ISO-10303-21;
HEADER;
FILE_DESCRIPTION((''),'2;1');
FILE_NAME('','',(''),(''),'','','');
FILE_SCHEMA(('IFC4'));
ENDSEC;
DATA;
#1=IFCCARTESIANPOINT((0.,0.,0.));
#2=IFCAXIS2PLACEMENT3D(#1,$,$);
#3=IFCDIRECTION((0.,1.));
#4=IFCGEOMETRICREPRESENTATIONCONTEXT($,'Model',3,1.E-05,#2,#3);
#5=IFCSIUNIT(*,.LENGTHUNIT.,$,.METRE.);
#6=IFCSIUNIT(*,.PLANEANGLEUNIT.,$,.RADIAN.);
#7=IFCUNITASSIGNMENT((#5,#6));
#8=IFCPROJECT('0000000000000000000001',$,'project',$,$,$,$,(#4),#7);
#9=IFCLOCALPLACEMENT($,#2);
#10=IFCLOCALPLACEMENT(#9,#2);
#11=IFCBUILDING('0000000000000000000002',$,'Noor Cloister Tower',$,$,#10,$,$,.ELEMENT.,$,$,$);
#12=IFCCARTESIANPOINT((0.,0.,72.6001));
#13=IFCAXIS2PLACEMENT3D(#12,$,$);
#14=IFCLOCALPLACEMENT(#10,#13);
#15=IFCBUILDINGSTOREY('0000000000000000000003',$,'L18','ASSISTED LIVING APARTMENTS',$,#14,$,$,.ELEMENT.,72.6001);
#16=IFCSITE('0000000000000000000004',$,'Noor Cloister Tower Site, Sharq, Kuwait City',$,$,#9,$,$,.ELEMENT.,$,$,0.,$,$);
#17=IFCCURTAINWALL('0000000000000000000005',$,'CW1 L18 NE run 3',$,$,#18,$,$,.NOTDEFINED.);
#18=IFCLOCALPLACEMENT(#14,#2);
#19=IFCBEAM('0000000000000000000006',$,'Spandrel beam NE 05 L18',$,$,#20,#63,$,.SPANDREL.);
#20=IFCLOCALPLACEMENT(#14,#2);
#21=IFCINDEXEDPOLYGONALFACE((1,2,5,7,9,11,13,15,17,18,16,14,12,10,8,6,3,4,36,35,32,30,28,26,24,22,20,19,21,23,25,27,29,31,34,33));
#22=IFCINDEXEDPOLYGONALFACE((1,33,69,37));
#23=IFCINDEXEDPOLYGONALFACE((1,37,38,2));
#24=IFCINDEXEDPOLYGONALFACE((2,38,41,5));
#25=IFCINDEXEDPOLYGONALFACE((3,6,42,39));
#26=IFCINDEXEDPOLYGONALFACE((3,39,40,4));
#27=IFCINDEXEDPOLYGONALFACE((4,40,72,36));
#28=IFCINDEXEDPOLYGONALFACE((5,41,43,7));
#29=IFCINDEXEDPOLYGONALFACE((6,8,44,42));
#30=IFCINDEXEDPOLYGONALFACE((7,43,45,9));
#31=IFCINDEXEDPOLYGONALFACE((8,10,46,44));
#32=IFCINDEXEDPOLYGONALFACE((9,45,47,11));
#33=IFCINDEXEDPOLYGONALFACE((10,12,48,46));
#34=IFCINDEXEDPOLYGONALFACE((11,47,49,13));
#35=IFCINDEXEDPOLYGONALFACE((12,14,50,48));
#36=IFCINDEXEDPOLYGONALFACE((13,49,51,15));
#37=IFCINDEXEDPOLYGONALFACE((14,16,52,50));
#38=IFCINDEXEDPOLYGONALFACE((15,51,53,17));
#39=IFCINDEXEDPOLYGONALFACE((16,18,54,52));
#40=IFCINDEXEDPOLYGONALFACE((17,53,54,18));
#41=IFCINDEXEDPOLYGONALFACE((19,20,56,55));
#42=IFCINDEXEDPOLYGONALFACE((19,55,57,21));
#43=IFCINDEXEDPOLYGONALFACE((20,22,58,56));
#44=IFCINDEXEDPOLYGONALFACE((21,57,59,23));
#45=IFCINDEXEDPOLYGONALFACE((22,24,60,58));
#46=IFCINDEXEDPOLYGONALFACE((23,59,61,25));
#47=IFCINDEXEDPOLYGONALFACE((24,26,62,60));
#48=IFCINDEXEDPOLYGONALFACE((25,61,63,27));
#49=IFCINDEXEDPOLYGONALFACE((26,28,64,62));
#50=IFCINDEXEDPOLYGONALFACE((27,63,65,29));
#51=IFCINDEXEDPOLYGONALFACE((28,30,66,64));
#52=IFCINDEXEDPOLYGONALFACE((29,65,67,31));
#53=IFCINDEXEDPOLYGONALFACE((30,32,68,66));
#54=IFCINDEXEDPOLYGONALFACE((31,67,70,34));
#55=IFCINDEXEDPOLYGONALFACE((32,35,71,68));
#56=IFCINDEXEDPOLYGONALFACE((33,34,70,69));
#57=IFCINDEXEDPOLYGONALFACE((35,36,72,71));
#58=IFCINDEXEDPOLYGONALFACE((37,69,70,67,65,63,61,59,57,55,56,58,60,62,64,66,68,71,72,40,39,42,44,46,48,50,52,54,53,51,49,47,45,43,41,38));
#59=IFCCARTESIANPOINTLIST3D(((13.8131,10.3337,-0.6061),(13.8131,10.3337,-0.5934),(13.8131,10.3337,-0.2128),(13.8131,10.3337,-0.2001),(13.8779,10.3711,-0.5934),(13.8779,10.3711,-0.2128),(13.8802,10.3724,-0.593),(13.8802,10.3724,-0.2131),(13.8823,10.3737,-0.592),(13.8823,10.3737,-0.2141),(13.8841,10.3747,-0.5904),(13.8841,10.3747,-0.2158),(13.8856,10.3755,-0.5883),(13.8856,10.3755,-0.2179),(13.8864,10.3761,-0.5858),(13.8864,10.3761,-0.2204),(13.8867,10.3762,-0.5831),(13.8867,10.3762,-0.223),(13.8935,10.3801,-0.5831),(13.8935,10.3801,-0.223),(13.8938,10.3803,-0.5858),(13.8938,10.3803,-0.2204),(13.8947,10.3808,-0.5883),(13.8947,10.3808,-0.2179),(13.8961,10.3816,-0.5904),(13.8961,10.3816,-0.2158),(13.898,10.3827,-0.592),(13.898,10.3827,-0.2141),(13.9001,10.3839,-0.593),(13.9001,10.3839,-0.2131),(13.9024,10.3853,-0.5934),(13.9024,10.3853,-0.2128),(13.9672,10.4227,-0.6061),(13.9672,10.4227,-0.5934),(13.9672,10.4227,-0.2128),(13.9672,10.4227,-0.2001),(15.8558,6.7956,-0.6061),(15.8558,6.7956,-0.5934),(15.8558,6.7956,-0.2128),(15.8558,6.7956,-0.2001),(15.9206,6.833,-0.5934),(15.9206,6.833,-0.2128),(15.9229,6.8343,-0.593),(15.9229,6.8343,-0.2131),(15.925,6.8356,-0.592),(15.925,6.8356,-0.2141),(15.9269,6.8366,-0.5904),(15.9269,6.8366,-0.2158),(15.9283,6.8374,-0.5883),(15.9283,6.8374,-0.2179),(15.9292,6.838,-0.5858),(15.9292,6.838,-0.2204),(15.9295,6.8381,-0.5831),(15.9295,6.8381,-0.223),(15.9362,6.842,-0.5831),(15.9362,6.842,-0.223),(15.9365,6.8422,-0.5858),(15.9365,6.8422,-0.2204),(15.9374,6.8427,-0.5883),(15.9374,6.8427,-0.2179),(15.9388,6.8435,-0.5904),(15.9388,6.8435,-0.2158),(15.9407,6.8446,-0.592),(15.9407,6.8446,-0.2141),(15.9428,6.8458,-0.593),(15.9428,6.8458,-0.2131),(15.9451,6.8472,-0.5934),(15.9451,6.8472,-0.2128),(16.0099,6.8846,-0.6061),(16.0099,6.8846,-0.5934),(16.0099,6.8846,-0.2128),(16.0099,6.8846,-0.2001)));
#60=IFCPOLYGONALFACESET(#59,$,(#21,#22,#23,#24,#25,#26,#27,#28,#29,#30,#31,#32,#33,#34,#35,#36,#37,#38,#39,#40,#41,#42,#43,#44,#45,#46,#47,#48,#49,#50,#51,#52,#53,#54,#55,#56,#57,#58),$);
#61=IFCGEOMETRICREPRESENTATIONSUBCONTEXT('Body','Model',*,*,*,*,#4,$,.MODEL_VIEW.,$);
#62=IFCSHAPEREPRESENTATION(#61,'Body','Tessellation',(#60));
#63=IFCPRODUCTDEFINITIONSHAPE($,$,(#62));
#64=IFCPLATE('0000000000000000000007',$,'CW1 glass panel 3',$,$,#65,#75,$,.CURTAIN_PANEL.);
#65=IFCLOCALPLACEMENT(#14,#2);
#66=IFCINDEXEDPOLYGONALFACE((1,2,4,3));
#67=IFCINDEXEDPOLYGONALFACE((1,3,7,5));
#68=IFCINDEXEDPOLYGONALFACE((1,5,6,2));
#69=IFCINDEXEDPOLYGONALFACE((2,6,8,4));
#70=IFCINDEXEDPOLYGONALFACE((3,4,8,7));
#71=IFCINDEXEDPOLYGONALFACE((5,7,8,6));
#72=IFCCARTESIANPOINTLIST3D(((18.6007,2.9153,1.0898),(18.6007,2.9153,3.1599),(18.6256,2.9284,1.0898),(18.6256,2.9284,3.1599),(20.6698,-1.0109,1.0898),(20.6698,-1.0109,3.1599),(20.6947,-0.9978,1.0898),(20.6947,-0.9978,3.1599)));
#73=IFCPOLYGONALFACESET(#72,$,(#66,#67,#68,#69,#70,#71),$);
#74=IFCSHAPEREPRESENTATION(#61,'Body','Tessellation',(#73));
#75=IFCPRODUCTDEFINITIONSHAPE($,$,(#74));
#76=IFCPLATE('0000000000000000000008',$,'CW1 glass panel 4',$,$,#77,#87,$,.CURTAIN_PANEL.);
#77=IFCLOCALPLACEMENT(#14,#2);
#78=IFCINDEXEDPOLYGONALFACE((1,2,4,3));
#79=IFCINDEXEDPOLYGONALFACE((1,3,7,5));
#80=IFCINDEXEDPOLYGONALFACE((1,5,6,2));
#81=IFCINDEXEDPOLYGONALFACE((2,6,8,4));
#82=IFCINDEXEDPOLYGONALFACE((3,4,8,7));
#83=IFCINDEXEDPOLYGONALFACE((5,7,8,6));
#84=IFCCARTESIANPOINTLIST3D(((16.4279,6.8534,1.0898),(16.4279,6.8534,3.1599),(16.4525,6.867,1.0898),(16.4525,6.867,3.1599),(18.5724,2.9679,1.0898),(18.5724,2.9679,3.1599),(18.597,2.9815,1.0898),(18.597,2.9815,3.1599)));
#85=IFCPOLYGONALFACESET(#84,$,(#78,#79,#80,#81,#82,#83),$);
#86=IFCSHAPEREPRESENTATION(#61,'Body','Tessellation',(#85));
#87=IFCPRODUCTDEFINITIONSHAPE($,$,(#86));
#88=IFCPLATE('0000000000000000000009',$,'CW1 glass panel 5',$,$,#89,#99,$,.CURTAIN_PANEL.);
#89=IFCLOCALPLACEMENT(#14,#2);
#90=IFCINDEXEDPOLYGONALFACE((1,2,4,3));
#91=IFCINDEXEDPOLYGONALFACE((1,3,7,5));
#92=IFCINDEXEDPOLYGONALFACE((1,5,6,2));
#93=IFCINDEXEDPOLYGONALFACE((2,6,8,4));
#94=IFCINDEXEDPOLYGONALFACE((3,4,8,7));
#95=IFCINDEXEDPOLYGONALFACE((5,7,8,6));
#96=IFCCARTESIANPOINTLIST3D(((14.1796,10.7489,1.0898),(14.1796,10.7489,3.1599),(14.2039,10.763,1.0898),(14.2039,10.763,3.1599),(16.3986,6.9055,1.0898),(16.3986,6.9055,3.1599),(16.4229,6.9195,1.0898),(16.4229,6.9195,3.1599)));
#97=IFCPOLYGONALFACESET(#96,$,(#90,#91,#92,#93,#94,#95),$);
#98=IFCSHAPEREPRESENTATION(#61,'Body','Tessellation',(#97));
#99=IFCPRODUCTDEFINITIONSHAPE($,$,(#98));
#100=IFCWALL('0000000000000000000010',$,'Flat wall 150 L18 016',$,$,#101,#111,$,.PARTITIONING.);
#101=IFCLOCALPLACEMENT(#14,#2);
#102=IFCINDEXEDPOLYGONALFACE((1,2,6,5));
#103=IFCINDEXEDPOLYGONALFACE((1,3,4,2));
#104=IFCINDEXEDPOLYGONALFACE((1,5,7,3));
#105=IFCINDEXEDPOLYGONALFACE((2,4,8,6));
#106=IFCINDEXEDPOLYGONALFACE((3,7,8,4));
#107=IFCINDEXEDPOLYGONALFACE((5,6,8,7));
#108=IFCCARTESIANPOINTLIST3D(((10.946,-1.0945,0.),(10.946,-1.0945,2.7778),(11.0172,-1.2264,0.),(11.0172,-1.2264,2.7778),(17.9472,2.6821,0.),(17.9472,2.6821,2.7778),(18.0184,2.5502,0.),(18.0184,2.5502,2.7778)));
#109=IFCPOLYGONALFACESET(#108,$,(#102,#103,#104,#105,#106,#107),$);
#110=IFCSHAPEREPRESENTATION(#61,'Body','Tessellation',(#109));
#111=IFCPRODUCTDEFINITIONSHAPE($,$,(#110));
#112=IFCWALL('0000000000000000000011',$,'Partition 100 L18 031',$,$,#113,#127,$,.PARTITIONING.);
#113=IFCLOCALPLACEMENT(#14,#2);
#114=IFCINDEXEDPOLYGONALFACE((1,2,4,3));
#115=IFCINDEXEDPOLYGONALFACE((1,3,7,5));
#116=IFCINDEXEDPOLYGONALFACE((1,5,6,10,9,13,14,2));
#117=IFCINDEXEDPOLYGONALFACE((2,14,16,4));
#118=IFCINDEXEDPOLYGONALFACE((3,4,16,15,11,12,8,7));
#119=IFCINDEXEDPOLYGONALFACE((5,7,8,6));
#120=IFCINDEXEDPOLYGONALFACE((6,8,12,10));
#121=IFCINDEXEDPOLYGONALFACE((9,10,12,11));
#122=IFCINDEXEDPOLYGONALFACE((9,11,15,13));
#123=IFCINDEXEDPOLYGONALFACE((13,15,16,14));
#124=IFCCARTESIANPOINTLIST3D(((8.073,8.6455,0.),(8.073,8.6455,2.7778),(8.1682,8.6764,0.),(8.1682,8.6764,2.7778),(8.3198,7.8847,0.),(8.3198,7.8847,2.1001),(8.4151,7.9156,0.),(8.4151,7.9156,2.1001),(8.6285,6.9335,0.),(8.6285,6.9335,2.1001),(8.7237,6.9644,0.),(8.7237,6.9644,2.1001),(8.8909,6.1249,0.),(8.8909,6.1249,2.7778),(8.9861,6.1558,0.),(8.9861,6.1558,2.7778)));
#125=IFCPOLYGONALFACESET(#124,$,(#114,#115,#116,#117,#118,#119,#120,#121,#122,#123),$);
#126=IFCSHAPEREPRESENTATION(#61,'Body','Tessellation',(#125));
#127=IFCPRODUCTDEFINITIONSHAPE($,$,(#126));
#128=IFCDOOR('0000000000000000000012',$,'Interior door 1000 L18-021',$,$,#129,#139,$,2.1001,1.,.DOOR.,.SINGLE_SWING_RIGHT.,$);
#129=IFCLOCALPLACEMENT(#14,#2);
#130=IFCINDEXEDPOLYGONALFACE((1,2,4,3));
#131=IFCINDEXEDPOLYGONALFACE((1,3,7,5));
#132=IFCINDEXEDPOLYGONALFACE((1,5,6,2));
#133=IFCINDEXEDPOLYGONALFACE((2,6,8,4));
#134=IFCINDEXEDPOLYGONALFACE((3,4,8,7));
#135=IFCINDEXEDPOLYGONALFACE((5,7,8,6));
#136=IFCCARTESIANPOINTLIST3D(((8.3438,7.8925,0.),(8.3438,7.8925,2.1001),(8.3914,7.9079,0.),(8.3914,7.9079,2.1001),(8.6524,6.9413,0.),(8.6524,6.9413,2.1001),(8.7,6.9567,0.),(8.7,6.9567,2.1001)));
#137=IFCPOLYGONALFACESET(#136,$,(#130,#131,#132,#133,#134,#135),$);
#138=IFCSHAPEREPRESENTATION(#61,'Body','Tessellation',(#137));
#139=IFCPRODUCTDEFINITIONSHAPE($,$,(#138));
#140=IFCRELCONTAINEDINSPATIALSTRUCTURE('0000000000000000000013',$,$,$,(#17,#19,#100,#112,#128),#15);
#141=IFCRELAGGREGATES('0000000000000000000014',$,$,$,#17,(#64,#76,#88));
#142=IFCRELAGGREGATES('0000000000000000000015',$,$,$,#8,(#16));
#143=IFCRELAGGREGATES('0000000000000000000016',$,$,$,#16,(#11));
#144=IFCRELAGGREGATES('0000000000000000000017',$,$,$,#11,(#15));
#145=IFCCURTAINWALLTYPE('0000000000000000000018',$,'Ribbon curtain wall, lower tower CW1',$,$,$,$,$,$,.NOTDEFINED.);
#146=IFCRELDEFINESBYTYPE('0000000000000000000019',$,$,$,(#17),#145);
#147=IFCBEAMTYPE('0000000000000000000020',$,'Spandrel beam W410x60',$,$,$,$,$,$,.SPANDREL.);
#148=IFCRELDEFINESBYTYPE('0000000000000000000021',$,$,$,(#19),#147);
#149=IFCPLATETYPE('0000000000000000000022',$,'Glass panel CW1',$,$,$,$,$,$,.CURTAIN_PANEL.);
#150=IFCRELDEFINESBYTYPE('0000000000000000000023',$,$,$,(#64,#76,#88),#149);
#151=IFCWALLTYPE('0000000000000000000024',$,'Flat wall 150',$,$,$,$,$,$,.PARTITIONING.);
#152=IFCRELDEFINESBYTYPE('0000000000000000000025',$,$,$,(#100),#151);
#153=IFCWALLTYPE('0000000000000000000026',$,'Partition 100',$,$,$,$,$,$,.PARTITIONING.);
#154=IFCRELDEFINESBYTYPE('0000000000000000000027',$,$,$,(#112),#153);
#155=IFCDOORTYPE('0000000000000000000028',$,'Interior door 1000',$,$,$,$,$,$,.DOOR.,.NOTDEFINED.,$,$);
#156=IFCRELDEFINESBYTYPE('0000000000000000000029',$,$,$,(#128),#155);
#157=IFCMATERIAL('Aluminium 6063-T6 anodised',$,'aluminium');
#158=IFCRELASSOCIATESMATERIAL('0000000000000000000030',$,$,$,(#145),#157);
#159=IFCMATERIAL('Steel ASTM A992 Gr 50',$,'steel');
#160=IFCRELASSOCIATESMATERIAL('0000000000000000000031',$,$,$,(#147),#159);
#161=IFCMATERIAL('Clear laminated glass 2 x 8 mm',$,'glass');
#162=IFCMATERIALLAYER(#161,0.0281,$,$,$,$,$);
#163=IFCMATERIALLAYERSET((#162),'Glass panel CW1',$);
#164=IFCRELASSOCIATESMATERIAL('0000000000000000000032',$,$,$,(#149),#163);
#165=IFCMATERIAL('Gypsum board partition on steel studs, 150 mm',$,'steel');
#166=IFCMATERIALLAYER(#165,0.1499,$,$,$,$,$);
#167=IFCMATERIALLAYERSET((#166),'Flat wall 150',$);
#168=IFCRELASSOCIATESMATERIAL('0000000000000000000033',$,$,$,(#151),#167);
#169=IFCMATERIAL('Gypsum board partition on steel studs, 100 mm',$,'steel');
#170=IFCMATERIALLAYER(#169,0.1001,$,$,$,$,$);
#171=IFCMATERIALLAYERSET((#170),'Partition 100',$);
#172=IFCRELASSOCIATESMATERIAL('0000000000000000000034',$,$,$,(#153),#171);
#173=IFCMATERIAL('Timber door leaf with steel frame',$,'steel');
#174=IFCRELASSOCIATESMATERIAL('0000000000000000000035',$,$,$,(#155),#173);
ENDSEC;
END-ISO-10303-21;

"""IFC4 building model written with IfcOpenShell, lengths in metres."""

from ifc_helpers import new_model, si_unit, direction, frame, frame_2d, origin, origin_2d, place, context, subcontext, project, spatial, rectangle, i_section, extrude, material, layer, layer_set, material_profile, profile_set, type_object, element, fill, aggregate, save


model = new_model("IFC4")

# Units and contexts
model_context = context("Model", 3, precision=1e-05, world=origin(), true_north=direction((0.0, 1.0)))
body_context = subcontext(model_context, "Body", "Model", "MODEL_VIEW")
ifc_project = project(units=[si_unit("LENGTHUNIT", "METRE"), si_unit("PLANEANGLEUNIT", "RADIAN")], contexts=[model_context])

# Site, building, storey
site_placement = place(None, origin())
site = spatial("IfcSite", under=ifc_project, at=site_placement, Name="Noor Cloister Tower Site, Sharq, Kuwait City", CompositionType="ELEMENT", RefElevation=0.0)
building_placement = place(site_placement, origin())
building = spatial("IfcBuilding", under=site, at=building_placement, Name="Noor Cloister Tower", CompositionType="ELEMENT")
storey_placement = place(building_placement, frame((0.0, 0.0, 72.6001)))
storey = spatial("IfcBuildingStorey", under=building, at=storey_placement, Name="L18", Description="ASSISTED LIVING APARTMENTS", CompositionType="ELEMENT", Elevation=72.6001)

# Curtain wall
ifc_material_1 = material(Name="Aluminium 6063-T6 anodised", Category="aluminium")
curtain_wall_type = type_object("IfcCurtainWallType", Name="Ribbon curtain wall, lower tower CW1", PredefinedType="NOTDEFINED", material=ifc_material_1)
curtain_wall_placement = place(storey_placement, origin())
curtain_wall = element("IfcCurtainWall", 1, at=curtain_wall_placement, inside=storey, type_object=curtain_wall_type, Name="CW1 L18 NE run 3", PredefinedType="NOTDEFINED")

# Beam
ifc_material_2 = material(Name="Steel ASTM A992 Gr 50", Category="steel")
ifc_material_profile_1 = material_profile(ifc_material_2, i_section(OverallWidth=0.178, OverallDepth=0.406, WebThickness=0.0078, FlangeThickness=0.0127, FilletRadius=0.0103, at=origin_2d()), Name="W410x60")
ifc_profile_set_1 = profile_set([ifc_material_profile_1], Name="Steel ASTM A992 Gr 50")
beam_type_1 = type_object("IfcBeamType", Name="Spandrel beam W410x60", PredefinedType="SPANDREL", material=ifc_profile_set_1)
beam_1_placement = place(storey_placement, frame((15.9329, 6.8401, -0.4031), z_axis=(-0.500002, 0.866024, 0.0), x_axis=(-0.866024, -0.500002, 0.0)))
element("IfcBeam", 2, at=beam_1_placement, inside=storey, type_object=beam_type_1, Name="Spandrel beam NE 05 L18", PredefinedType="SPANDREL", context=body_context, shape_type="SweptSolid", body=[
    extrude(i_section(OverallWidth=0.178, OverallDepth=0.406, WebThickness=0.0078, FlangeThickness=0.0127, FilletRadius=0.0103, at=origin_2d()), origin(), (0.0, 0.0, 1.0), 4.0854),
])

# Plates
ifc_material_3 = material(Name="Clear laminated glass 2 x 8 mm", Category="glass")
ifc_layer_1 = layer(ifc_material_3, 0.0281)
ifc_layer_set_1 = layer_set([ifc_layer_1], Name="Glass panel CW1")
plate_type = type_object("IfcPlateType", Name="Glass panel CW1", PredefinedType="CURTAIN_PANEL", material=ifc_layer_set_1)
plate_1_placement = place(storey_placement, frame((19.6477, 0.9587, 1.0898), z_axis=(0.0, 0.0, 1.0), x_axis=(-0.466221, 0.884668, 0.0)))
plate_1 = element("IfcPlate", 3, at=plate_1_placement, type_object=plate_type, Name="CW1 glass panel 3", PredefinedType="CURTAIN_PANEL", context=body_context, shape_type="SweptSolid", body=[
    extrude(rectangle(XDim=4.438, YDim=0.0281, at=origin_2d()), origin(), (0.0, 0.0, 1.0), 2.0701),
])
plate_2_placement = place(storey_placement, frame((17.5125, 4.9175, 1.0898), z_axis=(0.0, 0.0, 1.0), x_axis=(-0.4832, 0.87551, 0.0)))
plate_2 = element("IfcPlate", 4, at=plate_2_placement, type_object=plate_type, Name="CW1 glass panel 4", PredefinedType="CURTAIN_PANEL", context=body_context, shape_type="SweptSolid", body=[
    extrude(rectangle(XDim=4.438, YDim=0.0281, at=origin_2d()), origin(), (0.0, 0.0, 1.0), 2.0701),
])
plate_3_placement = place(storey_placement, frame((15.3013, 8.8342, 1.0898), z_axis=(0.0, 0.0, 1.0), x_axis=(-0.5, 0.866025, 0.0)))
plate_3 = element("IfcPlate", 5, at=plate_3_placement, type_object=plate_type, Name="CW1 glass panel 5", PredefinedType="CURTAIN_PANEL", context=body_context, shape_type="SweptSolid", body=[
    extrude(rectangle(XDim=4.438, YDim=0.0281, at=origin_2d()), origin(), (0.0, 0.0, 1.0), 2.0701),
])
aggregate(curtain_wall, [plate_1, plate_2, plate_3])

# Wall
ifc_material_4 = material(Name="Gypsum board partition on steel studs, 150 mm", Category="steel")
ifc_layer_2 = layer(ifc_material_4, 0.1499)
ifc_layer_set_2 = layer_set([ifc_layer_2], Name="Flat wall 150")
wall_type_1 = type_object("IfcWallType", Name="Flat wall 150", PredefinedType="PARTITIONING", material=ifc_layer_set_2)
wall_1_placement = place(storey_placement, frame((17.9829, 2.6162, 0.0), z_axis=(0.0, 0.0, 1.0), x_axis=(-0.880118, -0.474755, 0.0)))
element("IfcWall", 6, at=wall_1_placement, inside=storey, type_object=wall_type_1, Name="Flat wall 150 L18 016", PredefinedType="PARTITIONING", context=body_context, shape_type="SweptSolid", body=[
    extrude(rectangle(XDim=7.9548, YDim=0.1499, at=frame_2d((3.9775, 0.0))), origin(), (0.0, 0.0, 1.0), 2.7778),
])

# Wall, opening, door
ifc_material_5 = material(Name="Gypsum board partition on steel studs, 100 mm", Category="steel")
ifc_layer_3 = layer(ifc_material_5, 0.1001)
ifc_layer_set_3 = layer_set([ifc_layer_3], Name="Partition 100")
wall_type_2 = type_object("IfcWallType", Name="Partition 100", PredefinedType="PARTITIONING", material=ifc_layer_set_3)
wall_2_placement = place(storey_placement, frame((8.9385, 6.1404, 0.0), z_axis=(0.0, 0.0, 1.0), x_axis=(-0.308644, 0.951178, 0.0)))
wall_2 = element("IfcWall", 7, at=wall_2_placement, inside=storey, type_object=wall_type_2, Name="Partition 100 L18 031", PredefinedType="PARTITIONING", context=body_context, shape_type="SweptSolid", body=[
    extrude(rectangle(XDim=2.6499, YDim=0.1001, at=frame_2d((1.325, 0.0))), origin(), (0.0, 0.0, 1.0), 2.7778),
])
opening_placement = place(wall_2_placement, frame((0.8501, 0.0, 0.0)))
opening = element("IfcOpeningElement", 8, at=opening_placement, cuts=wall_2, PredefinedType="OPENING", context=body_context, shape_type="SweptSolid", body=[
    extrude(rectangle(XDim=1.0, YDim=2.1001, at=frame_2d((0.5, 1.05))), frame((0.0, 0.0601, 0.0), z_axis=(0.0, -1.0, 0.0), x_axis=(1.0, 0.0, 0.0)), (0.0, 0.0, 1.0), 0.1201),
])
ifc_material_6 = material(Name="Timber door leaf with steel frame", Category="steel")
door_type = type_object("IfcDoorType", Name="Interior door 1000", OperationType="NOTDEFINED", PredefinedType="DOOR", material=ifc_material_6)
door_placement = place(opening_placement, origin())
door = element("IfcDoor", 9, at=door_placement, inside=storey, type_object=door_type, Name="Interior door 1000 L18-021", OperationType="SINGLE_SWING_RIGHT", OverallHeight=2.1001, OverallWidth=1.0, PredefinedType="DOOR", context=body_context, shape_type="SweptSolid", body=[
    extrude(rectangle(XDim=1.0, YDim=2.1001, at=frame_2d((0.5, 1.05))), frame((0.0, 0.0249, 0.0), z_axis=(0.0, -1.0, 0.0), x_axis=(1.0, 0.0, 0.0)), (0.0, 0.0, 1.0), 0.05),
])
fill(opening, door)

save(model, "model.ifc")
